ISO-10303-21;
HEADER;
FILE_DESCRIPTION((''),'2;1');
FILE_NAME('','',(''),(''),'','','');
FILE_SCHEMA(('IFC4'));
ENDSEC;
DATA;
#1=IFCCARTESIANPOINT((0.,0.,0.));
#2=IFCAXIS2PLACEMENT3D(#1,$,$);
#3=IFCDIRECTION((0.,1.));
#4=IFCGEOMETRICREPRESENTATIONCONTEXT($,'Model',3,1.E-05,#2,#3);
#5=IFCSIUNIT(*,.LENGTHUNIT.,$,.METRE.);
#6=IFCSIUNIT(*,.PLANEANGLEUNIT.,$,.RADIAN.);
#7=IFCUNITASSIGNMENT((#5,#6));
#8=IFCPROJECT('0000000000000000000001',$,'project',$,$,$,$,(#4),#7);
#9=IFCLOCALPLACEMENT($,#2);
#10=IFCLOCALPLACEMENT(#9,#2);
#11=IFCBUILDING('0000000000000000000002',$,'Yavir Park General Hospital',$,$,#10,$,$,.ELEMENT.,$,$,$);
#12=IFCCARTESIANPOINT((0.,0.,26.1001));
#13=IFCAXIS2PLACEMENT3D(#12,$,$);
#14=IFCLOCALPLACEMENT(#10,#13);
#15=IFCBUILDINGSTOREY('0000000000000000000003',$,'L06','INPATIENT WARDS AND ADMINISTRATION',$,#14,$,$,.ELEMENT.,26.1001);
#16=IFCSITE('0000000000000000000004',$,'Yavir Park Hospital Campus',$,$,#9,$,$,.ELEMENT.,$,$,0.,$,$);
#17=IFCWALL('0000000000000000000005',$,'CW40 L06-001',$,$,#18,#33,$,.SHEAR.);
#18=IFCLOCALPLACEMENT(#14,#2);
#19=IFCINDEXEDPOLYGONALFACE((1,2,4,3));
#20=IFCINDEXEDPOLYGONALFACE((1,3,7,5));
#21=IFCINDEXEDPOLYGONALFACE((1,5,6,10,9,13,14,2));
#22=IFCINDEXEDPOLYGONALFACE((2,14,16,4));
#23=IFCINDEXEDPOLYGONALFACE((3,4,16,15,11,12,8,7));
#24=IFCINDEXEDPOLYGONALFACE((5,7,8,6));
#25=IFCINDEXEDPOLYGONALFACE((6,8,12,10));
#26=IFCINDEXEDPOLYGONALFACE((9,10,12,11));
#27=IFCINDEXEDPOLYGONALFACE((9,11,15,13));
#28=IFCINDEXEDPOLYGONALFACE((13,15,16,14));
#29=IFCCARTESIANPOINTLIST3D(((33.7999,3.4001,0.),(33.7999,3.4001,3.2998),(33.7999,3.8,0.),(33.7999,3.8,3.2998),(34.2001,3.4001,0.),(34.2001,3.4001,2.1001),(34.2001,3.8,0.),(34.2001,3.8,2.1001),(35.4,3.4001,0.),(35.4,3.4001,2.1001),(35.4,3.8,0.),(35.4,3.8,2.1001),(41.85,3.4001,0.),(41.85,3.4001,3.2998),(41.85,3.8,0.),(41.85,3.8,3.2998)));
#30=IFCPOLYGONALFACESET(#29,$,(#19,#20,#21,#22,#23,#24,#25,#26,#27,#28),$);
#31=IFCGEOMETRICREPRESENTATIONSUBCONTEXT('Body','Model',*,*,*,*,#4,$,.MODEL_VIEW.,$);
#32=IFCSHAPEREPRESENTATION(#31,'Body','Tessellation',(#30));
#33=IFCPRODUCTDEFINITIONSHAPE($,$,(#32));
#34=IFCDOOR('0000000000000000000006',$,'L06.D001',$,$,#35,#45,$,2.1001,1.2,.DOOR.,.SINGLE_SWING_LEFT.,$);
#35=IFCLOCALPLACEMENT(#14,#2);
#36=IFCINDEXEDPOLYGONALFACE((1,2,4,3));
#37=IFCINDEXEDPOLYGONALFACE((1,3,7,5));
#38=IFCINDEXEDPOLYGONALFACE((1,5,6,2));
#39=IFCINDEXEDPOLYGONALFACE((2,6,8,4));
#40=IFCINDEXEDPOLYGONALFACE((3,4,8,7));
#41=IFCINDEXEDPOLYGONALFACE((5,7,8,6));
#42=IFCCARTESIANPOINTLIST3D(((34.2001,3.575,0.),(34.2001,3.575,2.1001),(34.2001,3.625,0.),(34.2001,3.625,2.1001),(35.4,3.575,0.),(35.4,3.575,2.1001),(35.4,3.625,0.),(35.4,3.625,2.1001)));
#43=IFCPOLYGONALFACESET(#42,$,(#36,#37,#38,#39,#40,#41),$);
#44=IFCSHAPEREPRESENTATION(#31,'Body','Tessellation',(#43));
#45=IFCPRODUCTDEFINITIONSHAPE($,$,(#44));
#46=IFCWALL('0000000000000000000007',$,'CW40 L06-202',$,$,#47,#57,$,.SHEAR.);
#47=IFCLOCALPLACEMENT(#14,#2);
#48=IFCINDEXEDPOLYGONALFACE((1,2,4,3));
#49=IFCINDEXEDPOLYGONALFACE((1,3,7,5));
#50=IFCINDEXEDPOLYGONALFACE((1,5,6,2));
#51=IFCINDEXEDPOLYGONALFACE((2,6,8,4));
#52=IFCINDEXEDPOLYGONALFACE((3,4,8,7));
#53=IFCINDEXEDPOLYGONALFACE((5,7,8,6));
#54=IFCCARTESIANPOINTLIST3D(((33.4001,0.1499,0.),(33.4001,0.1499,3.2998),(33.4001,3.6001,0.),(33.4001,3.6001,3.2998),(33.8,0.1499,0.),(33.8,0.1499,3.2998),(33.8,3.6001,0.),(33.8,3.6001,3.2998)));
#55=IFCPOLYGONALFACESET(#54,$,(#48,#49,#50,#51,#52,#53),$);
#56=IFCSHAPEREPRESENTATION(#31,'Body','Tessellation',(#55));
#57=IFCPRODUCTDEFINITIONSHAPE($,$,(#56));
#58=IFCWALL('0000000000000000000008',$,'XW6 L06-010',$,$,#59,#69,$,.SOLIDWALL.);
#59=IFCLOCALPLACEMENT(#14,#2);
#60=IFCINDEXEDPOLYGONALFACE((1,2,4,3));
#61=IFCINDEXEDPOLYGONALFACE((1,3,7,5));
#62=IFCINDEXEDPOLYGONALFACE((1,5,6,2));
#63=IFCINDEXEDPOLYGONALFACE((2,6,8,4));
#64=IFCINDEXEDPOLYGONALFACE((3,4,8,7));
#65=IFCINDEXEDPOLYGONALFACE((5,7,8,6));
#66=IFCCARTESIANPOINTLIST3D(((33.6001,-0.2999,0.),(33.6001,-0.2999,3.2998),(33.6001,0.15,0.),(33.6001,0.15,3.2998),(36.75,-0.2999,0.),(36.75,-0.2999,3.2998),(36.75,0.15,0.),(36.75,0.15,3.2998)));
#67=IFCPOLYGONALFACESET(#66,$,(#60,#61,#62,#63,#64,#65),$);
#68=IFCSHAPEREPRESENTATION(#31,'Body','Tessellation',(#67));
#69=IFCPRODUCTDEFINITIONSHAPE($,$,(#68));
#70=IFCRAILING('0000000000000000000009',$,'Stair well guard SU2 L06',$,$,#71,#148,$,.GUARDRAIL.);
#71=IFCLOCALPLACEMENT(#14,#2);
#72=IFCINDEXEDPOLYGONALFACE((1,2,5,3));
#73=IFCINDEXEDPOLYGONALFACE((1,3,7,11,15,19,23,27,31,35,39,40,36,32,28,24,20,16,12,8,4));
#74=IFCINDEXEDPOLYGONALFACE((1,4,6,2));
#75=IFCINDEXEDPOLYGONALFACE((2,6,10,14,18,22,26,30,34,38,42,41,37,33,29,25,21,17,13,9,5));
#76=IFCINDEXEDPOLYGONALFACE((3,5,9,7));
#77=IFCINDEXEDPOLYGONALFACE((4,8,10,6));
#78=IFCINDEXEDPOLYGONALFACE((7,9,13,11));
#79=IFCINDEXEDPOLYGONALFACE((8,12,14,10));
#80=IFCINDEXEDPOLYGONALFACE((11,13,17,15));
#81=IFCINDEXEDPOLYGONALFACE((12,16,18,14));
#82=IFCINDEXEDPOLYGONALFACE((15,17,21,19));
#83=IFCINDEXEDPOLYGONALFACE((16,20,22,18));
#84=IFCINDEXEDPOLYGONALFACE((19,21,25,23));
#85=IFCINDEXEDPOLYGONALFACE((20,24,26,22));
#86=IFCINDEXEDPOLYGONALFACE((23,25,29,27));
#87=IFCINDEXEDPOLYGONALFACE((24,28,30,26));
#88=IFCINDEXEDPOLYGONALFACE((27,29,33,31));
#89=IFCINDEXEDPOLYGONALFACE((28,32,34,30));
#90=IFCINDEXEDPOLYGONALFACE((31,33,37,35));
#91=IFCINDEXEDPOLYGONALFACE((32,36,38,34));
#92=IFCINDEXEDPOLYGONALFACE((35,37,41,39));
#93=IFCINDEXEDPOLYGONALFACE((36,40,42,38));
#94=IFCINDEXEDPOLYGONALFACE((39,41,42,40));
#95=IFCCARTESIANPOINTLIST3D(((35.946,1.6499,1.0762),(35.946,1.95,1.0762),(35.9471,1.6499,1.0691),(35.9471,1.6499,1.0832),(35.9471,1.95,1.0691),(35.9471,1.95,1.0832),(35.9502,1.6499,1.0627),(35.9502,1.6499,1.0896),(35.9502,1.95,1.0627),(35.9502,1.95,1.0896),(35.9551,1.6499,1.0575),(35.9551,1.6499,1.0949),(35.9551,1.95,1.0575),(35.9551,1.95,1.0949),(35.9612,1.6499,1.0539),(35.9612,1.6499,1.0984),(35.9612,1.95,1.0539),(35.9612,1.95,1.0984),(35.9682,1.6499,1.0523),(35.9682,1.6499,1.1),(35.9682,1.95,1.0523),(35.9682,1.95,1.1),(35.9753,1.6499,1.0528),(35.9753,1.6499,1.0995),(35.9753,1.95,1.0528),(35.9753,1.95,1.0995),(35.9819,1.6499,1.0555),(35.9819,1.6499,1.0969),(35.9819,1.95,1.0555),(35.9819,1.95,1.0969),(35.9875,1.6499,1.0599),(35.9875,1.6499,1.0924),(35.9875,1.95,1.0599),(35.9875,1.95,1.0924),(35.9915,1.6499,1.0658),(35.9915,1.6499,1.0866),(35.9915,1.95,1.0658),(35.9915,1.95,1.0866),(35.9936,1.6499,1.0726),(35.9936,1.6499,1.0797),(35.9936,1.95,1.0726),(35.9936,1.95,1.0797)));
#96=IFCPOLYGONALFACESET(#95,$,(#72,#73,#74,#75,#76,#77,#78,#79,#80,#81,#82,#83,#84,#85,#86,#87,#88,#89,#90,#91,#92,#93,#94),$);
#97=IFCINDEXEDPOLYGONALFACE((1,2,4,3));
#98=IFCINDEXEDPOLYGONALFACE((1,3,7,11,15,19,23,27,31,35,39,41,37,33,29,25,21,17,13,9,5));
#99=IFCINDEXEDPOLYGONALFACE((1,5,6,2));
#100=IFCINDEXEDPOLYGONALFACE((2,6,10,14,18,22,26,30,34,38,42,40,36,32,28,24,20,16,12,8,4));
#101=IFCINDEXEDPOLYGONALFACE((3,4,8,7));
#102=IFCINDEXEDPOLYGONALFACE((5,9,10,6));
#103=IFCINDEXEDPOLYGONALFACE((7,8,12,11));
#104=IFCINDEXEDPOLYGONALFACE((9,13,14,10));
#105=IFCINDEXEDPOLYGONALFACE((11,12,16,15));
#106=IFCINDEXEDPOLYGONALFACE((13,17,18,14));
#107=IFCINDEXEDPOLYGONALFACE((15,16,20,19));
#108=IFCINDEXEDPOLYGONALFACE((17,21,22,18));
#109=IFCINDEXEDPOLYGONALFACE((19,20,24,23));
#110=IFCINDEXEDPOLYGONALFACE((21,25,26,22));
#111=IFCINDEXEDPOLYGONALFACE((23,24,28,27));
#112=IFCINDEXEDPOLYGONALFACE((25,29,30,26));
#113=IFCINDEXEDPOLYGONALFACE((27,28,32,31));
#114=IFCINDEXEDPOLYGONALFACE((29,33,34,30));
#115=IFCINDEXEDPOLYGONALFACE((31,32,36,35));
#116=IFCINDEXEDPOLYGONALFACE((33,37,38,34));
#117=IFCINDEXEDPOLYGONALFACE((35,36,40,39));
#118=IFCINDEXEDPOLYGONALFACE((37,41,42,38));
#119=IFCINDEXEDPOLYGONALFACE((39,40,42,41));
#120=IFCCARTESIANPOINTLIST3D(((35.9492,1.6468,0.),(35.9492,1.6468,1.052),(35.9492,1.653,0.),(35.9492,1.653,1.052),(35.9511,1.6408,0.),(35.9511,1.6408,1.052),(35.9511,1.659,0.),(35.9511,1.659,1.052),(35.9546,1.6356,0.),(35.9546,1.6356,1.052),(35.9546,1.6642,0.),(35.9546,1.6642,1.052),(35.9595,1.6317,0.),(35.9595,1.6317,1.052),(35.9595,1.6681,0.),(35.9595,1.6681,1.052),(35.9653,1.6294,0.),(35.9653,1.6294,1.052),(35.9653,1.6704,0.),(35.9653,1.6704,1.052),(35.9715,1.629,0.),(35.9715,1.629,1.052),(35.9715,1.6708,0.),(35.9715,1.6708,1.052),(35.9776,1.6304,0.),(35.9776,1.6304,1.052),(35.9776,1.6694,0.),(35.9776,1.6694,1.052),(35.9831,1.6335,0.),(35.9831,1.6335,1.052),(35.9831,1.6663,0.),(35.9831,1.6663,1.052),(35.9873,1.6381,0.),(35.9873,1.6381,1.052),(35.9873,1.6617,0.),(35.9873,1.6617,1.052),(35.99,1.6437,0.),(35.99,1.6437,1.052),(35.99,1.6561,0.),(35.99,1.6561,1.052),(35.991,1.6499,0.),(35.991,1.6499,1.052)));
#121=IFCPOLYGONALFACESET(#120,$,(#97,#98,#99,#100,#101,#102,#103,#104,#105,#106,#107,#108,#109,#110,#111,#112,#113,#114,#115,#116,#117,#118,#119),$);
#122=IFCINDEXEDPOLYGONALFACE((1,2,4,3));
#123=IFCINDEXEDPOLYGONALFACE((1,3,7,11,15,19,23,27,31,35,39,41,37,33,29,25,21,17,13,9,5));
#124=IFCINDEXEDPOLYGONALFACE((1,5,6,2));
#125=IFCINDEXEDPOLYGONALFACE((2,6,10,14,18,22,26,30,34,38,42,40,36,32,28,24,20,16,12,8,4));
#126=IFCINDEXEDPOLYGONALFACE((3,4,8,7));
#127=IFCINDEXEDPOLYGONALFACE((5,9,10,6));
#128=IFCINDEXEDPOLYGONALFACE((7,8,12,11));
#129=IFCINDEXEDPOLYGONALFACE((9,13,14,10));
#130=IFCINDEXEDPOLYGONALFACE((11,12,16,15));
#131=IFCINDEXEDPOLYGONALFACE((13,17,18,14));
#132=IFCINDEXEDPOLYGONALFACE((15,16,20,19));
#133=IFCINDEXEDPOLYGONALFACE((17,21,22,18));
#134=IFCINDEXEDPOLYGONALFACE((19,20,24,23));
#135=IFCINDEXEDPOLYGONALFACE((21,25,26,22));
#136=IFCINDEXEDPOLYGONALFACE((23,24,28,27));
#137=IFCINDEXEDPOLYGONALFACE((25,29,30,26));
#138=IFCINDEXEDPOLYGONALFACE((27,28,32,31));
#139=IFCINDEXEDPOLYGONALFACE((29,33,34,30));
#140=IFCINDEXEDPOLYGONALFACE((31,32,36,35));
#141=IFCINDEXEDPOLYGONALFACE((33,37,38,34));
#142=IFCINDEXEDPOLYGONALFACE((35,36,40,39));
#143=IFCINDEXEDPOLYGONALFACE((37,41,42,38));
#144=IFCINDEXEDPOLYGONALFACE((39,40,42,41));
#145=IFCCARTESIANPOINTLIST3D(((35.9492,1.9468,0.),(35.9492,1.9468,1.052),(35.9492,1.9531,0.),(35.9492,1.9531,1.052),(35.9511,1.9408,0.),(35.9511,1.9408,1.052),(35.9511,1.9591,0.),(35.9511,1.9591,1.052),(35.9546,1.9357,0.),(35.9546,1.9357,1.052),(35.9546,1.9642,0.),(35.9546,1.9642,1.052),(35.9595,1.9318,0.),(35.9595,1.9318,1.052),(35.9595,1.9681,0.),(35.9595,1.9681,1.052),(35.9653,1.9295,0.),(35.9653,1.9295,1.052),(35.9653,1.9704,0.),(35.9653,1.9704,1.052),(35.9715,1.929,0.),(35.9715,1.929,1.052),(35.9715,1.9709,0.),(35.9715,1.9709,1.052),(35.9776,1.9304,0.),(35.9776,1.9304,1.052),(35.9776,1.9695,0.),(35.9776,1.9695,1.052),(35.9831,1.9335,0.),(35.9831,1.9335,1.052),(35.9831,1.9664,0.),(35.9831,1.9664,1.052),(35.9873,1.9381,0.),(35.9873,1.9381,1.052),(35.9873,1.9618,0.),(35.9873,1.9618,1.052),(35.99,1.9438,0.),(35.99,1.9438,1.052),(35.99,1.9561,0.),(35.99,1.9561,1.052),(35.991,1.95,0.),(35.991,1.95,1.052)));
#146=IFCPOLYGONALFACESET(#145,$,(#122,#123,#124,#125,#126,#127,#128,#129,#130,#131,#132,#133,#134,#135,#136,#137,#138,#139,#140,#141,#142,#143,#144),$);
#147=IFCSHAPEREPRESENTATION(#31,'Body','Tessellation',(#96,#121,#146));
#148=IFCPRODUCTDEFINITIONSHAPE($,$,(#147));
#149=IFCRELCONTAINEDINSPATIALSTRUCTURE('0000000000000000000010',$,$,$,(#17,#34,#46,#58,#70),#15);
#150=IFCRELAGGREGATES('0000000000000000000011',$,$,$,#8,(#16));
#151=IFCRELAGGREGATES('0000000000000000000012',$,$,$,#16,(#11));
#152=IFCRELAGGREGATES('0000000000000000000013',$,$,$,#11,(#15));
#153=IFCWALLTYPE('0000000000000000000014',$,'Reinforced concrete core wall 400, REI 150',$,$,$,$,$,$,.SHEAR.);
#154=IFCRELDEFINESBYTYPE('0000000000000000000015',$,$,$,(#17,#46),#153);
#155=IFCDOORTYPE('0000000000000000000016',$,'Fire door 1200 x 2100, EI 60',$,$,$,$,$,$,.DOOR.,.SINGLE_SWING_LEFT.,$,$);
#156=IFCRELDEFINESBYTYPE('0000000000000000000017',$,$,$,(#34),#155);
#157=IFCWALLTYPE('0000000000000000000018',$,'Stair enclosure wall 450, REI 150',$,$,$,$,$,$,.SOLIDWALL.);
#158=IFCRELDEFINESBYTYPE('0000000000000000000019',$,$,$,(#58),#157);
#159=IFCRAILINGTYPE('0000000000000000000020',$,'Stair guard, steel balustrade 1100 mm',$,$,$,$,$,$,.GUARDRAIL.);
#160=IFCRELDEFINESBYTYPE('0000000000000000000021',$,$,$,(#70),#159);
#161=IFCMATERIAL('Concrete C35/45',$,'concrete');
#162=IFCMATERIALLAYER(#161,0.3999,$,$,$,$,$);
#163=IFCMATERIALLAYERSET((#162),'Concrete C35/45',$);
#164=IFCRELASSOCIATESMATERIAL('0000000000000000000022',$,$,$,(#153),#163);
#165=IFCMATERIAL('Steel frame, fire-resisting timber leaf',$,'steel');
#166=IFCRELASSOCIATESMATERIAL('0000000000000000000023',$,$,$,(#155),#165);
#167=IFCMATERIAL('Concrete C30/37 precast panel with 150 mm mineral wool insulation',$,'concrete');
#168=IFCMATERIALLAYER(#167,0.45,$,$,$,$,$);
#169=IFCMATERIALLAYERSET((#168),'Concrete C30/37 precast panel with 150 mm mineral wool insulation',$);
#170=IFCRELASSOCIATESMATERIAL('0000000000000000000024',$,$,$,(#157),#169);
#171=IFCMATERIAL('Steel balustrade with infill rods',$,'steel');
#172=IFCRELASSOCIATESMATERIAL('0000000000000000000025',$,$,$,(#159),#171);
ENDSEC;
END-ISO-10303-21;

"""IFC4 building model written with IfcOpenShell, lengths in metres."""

from ifc_helpers import new_model, si_unit, direction, frame, frame_2d, origin, origin_2d, place, context, subcontext, project, spatial, rectangle, circle, extrude, material, layer, layer_set, type_object, element, fill, save


model = new_model("IFC4")

# Units and contexts
model_context = context("Model", 3, precision=1e-05, world=origin(), true_north=direction((0.0, 1.0)))
body_context = subcontext(model_context, "Body", "Model", "MODEL_VIEW")
ifc_project = project(units=[si_unit("LENGTHUNIT", "METRE"), si_unit("PLANEANGLEUNIT", "RADIAN")], contexts=[model_context])

# Site, building, storey
site_placement = place(None, origin())
site = spatial("IfcSite", under=ifc_project, at=site_placement, Name="Yavir Park Hospital Campus", CompositionType="ELEMENT", RefElevation=0.0)
building_placement = place(site_placement, origin())
building = spatial("IfcBuilding", under=site, at=building_placement, Name="Yavir Park General Hospital", CompositionType="ELEMENT")
storey_placement = place(building_placement, frame((0.0, 0.0, 26.1001)))
storey = spatial("IfcBuildingStorey", under=building, at=storey_placement, Name="L06", Description="INPATIENT WARDS AND ADMINISTRATION", CompositionType="ELEMENT", Elevation=26.1001)

# Wall, opening, door
ifc_material_1 = material(Name="Concrete C35/45", Category="concrete")
ifc_layer_1 = layer(ifc_material_1, 0.3999)
ifc_layer_set_1 = layer_set([ifc_layer_1], Name="Concrete C35/45")
wall_type_1 = type_object("IfcWallType", Name="Reinforced concrete core wall 400, REI 150", PredefinedType="SHEAR", material=ifc_layer_set_1)
wall_1_placement = place(storey_placement, frame((33.8, 3.6001, 0.0), z_axis=(0.0, 0.0, 1.0), x_axis=(1.0, 0.0, 0.0)))
wall_1 = element("IfcWall", 1, at=wall_1_placement, inside=storey, type_object=wall_type_1, Name="CW40 L06-001", PredefinedType="SHEAR", context=body_context, shape_type="SweptSolid", body=[
    extrude(rectangle(XDim=8.05, YDim=0.3999, at=frame_2d((4.0249, 0.0))), origin(), (0.0, 0.0, 1.0), 3.2998),
])
opening_1_placement = place(wall_1_placement, frame((0.3999, 0.0, 0.0)))
opening_1 = element("IfcOpeningElement", 2, at=opening_1_placement, cuts=wall_1, PredefinedType="OPENING", context=body_context, shape_type="SweptSolid", body=[
    extrude(rectangle(XDim=1.2, YDim=2.1001, at=frame_2d((0.6001, 1.05))), frame((0.0, 0.21, 0.0), z_axis=(0.0, -1.0, 0.0), x_axis=(1.0, 0.0, 0.0)), (0.0, 0.0, 1.0), 0.4199),
])
ifc_material_2 = material(Name="Steel frame, fire-resisting timber leaf", Category="steel")
door_type_1 = type_object("IfcDoorType", Name="Fire door 1200 x 2100, EI 60", OperationType="SINGLE_SWING_LEFT", PredefinedType="DOOR", material=ifc_material_2)
door_1_placement = place(opening_1_placement, origin())
door_1 = element("IfcDoor", 3, at=door_1_placement, inside=storey, type_object=door_type_1, Name="L06.D001", OperationType="SINGLE_SWING_LEFT", OverallHeight=2.1001, OverallWidth=1.2, PredefinedType="DOOR", context=body_context, shape_type="SweptSolid", body=[
    extrude(rectangle(XDim=1.2, YDim=2.1001, at=frame_2d((0.6001, 1.05))), frame((0.0, 0.0249, 0.0), z_axis=(0.0, -1.0, 0.0), x_axis=(1.0, 0.0, 0.0)), (0.0, 0.0, 1.0), 0.05),
])
fill(opening_1, door_1)

# Walls
wall_2_placement = place(storey_placement, frame((33.6001, 0.1499, 0.0), z_axis=(0.0, 0.0, 1.0), x_axis=(0.0, 1.0, 0.0)))
element("IfcWall", 4, at=wall_2_placement, inside=storey, type_object=wall_type_1, Name="CW40 L06-202", PredefinedType="SHEAR", context=body_context, shape_type="SweptSolid", body=[
    extrude(rectangle(XDim=3.4502, YDim=0.3999, at=frame_2d((1.7251, 0.0))), origin(), (0.0, 0.0, 1.0), 3.2998),
])
ifc_material_3 = material(Name="Concrete C30/37 precast panel with 150 mm mineral wool insulation", Category="concrete")
ifc_layer_2 = layer(ifc_material_3, 0.45)
ifc_layer_set_2 = layer_set([ifc_layer_2], Name="Concrete C30/37 precast panel with 150 mm mineral wool insulation")
wall_type_2 = type_object("IfcWallType", Name="Stair enclosure wall 450, REI 150", PredefinedType="SOLIDWALL", material=ifc_layer_set_2)
wall_3_placement = place(storey_placement, frame((33.6001, -0.075, 0.0), z_axis=(0.0, 0.0, 1.0), x_axis=(1.0, 0.0, 0.0)))
element("IfcWall", 5, at=wall_3_placement, inside=storey, type_object=wall_type_2, Name="XW6 L06-010", PredefinedType="SOLIDWALL", context=body_context, shape_type="SweptSolid", body=[
    extrude(rectangle(XDim=3.1499, YDim=0.45, at=frame_2d((1.575, 0.0))), origin(), (0.0, 0.0, 1.0), 3.2998),
])

# Railing
ifc_material_4 = material(Name="Steel balustrade with infill rods", Category="steel")
railing_type_1 = type_object("IfcRailingType", Name="Stair guard, steel balustrade 1100 mm", PredefinedType="GUARDRAIL", material=ifc_material_4)
railing_1_placement = place(storey_placement, frame((35.97, 1.6499, 0.0)))
element("IfcRailing", 6, at=railing_1_placement, inside=storey, type_object=railing_type_1, Name="Stair well guard SU2 L06", PredefinedType="GUARDRAIL", context=body_context, shape_type="SweptSolid", body=[
    extrude(circle(Radius=0.0239, at=origin_2d()), frame((0.0, 0.0, 1.0762), z_axis=(0.0, 1.0, 0.0), x_axis=(-1.0, 0.0, 0.0)), (0.0, 0.0, 1.0), 0.3),
    extrude(circle(Radius=0.021, at=origin_2d()), origin(), (0.0, 0.0, 1.0), 1.052),
    extrude(circle(Radius=0.021, at=origin_2d()), frame((0.0, 0.3, 0.0)), (0.0, 0.0, 1.0), 1.052),
])

save(model, "model.ifc")
